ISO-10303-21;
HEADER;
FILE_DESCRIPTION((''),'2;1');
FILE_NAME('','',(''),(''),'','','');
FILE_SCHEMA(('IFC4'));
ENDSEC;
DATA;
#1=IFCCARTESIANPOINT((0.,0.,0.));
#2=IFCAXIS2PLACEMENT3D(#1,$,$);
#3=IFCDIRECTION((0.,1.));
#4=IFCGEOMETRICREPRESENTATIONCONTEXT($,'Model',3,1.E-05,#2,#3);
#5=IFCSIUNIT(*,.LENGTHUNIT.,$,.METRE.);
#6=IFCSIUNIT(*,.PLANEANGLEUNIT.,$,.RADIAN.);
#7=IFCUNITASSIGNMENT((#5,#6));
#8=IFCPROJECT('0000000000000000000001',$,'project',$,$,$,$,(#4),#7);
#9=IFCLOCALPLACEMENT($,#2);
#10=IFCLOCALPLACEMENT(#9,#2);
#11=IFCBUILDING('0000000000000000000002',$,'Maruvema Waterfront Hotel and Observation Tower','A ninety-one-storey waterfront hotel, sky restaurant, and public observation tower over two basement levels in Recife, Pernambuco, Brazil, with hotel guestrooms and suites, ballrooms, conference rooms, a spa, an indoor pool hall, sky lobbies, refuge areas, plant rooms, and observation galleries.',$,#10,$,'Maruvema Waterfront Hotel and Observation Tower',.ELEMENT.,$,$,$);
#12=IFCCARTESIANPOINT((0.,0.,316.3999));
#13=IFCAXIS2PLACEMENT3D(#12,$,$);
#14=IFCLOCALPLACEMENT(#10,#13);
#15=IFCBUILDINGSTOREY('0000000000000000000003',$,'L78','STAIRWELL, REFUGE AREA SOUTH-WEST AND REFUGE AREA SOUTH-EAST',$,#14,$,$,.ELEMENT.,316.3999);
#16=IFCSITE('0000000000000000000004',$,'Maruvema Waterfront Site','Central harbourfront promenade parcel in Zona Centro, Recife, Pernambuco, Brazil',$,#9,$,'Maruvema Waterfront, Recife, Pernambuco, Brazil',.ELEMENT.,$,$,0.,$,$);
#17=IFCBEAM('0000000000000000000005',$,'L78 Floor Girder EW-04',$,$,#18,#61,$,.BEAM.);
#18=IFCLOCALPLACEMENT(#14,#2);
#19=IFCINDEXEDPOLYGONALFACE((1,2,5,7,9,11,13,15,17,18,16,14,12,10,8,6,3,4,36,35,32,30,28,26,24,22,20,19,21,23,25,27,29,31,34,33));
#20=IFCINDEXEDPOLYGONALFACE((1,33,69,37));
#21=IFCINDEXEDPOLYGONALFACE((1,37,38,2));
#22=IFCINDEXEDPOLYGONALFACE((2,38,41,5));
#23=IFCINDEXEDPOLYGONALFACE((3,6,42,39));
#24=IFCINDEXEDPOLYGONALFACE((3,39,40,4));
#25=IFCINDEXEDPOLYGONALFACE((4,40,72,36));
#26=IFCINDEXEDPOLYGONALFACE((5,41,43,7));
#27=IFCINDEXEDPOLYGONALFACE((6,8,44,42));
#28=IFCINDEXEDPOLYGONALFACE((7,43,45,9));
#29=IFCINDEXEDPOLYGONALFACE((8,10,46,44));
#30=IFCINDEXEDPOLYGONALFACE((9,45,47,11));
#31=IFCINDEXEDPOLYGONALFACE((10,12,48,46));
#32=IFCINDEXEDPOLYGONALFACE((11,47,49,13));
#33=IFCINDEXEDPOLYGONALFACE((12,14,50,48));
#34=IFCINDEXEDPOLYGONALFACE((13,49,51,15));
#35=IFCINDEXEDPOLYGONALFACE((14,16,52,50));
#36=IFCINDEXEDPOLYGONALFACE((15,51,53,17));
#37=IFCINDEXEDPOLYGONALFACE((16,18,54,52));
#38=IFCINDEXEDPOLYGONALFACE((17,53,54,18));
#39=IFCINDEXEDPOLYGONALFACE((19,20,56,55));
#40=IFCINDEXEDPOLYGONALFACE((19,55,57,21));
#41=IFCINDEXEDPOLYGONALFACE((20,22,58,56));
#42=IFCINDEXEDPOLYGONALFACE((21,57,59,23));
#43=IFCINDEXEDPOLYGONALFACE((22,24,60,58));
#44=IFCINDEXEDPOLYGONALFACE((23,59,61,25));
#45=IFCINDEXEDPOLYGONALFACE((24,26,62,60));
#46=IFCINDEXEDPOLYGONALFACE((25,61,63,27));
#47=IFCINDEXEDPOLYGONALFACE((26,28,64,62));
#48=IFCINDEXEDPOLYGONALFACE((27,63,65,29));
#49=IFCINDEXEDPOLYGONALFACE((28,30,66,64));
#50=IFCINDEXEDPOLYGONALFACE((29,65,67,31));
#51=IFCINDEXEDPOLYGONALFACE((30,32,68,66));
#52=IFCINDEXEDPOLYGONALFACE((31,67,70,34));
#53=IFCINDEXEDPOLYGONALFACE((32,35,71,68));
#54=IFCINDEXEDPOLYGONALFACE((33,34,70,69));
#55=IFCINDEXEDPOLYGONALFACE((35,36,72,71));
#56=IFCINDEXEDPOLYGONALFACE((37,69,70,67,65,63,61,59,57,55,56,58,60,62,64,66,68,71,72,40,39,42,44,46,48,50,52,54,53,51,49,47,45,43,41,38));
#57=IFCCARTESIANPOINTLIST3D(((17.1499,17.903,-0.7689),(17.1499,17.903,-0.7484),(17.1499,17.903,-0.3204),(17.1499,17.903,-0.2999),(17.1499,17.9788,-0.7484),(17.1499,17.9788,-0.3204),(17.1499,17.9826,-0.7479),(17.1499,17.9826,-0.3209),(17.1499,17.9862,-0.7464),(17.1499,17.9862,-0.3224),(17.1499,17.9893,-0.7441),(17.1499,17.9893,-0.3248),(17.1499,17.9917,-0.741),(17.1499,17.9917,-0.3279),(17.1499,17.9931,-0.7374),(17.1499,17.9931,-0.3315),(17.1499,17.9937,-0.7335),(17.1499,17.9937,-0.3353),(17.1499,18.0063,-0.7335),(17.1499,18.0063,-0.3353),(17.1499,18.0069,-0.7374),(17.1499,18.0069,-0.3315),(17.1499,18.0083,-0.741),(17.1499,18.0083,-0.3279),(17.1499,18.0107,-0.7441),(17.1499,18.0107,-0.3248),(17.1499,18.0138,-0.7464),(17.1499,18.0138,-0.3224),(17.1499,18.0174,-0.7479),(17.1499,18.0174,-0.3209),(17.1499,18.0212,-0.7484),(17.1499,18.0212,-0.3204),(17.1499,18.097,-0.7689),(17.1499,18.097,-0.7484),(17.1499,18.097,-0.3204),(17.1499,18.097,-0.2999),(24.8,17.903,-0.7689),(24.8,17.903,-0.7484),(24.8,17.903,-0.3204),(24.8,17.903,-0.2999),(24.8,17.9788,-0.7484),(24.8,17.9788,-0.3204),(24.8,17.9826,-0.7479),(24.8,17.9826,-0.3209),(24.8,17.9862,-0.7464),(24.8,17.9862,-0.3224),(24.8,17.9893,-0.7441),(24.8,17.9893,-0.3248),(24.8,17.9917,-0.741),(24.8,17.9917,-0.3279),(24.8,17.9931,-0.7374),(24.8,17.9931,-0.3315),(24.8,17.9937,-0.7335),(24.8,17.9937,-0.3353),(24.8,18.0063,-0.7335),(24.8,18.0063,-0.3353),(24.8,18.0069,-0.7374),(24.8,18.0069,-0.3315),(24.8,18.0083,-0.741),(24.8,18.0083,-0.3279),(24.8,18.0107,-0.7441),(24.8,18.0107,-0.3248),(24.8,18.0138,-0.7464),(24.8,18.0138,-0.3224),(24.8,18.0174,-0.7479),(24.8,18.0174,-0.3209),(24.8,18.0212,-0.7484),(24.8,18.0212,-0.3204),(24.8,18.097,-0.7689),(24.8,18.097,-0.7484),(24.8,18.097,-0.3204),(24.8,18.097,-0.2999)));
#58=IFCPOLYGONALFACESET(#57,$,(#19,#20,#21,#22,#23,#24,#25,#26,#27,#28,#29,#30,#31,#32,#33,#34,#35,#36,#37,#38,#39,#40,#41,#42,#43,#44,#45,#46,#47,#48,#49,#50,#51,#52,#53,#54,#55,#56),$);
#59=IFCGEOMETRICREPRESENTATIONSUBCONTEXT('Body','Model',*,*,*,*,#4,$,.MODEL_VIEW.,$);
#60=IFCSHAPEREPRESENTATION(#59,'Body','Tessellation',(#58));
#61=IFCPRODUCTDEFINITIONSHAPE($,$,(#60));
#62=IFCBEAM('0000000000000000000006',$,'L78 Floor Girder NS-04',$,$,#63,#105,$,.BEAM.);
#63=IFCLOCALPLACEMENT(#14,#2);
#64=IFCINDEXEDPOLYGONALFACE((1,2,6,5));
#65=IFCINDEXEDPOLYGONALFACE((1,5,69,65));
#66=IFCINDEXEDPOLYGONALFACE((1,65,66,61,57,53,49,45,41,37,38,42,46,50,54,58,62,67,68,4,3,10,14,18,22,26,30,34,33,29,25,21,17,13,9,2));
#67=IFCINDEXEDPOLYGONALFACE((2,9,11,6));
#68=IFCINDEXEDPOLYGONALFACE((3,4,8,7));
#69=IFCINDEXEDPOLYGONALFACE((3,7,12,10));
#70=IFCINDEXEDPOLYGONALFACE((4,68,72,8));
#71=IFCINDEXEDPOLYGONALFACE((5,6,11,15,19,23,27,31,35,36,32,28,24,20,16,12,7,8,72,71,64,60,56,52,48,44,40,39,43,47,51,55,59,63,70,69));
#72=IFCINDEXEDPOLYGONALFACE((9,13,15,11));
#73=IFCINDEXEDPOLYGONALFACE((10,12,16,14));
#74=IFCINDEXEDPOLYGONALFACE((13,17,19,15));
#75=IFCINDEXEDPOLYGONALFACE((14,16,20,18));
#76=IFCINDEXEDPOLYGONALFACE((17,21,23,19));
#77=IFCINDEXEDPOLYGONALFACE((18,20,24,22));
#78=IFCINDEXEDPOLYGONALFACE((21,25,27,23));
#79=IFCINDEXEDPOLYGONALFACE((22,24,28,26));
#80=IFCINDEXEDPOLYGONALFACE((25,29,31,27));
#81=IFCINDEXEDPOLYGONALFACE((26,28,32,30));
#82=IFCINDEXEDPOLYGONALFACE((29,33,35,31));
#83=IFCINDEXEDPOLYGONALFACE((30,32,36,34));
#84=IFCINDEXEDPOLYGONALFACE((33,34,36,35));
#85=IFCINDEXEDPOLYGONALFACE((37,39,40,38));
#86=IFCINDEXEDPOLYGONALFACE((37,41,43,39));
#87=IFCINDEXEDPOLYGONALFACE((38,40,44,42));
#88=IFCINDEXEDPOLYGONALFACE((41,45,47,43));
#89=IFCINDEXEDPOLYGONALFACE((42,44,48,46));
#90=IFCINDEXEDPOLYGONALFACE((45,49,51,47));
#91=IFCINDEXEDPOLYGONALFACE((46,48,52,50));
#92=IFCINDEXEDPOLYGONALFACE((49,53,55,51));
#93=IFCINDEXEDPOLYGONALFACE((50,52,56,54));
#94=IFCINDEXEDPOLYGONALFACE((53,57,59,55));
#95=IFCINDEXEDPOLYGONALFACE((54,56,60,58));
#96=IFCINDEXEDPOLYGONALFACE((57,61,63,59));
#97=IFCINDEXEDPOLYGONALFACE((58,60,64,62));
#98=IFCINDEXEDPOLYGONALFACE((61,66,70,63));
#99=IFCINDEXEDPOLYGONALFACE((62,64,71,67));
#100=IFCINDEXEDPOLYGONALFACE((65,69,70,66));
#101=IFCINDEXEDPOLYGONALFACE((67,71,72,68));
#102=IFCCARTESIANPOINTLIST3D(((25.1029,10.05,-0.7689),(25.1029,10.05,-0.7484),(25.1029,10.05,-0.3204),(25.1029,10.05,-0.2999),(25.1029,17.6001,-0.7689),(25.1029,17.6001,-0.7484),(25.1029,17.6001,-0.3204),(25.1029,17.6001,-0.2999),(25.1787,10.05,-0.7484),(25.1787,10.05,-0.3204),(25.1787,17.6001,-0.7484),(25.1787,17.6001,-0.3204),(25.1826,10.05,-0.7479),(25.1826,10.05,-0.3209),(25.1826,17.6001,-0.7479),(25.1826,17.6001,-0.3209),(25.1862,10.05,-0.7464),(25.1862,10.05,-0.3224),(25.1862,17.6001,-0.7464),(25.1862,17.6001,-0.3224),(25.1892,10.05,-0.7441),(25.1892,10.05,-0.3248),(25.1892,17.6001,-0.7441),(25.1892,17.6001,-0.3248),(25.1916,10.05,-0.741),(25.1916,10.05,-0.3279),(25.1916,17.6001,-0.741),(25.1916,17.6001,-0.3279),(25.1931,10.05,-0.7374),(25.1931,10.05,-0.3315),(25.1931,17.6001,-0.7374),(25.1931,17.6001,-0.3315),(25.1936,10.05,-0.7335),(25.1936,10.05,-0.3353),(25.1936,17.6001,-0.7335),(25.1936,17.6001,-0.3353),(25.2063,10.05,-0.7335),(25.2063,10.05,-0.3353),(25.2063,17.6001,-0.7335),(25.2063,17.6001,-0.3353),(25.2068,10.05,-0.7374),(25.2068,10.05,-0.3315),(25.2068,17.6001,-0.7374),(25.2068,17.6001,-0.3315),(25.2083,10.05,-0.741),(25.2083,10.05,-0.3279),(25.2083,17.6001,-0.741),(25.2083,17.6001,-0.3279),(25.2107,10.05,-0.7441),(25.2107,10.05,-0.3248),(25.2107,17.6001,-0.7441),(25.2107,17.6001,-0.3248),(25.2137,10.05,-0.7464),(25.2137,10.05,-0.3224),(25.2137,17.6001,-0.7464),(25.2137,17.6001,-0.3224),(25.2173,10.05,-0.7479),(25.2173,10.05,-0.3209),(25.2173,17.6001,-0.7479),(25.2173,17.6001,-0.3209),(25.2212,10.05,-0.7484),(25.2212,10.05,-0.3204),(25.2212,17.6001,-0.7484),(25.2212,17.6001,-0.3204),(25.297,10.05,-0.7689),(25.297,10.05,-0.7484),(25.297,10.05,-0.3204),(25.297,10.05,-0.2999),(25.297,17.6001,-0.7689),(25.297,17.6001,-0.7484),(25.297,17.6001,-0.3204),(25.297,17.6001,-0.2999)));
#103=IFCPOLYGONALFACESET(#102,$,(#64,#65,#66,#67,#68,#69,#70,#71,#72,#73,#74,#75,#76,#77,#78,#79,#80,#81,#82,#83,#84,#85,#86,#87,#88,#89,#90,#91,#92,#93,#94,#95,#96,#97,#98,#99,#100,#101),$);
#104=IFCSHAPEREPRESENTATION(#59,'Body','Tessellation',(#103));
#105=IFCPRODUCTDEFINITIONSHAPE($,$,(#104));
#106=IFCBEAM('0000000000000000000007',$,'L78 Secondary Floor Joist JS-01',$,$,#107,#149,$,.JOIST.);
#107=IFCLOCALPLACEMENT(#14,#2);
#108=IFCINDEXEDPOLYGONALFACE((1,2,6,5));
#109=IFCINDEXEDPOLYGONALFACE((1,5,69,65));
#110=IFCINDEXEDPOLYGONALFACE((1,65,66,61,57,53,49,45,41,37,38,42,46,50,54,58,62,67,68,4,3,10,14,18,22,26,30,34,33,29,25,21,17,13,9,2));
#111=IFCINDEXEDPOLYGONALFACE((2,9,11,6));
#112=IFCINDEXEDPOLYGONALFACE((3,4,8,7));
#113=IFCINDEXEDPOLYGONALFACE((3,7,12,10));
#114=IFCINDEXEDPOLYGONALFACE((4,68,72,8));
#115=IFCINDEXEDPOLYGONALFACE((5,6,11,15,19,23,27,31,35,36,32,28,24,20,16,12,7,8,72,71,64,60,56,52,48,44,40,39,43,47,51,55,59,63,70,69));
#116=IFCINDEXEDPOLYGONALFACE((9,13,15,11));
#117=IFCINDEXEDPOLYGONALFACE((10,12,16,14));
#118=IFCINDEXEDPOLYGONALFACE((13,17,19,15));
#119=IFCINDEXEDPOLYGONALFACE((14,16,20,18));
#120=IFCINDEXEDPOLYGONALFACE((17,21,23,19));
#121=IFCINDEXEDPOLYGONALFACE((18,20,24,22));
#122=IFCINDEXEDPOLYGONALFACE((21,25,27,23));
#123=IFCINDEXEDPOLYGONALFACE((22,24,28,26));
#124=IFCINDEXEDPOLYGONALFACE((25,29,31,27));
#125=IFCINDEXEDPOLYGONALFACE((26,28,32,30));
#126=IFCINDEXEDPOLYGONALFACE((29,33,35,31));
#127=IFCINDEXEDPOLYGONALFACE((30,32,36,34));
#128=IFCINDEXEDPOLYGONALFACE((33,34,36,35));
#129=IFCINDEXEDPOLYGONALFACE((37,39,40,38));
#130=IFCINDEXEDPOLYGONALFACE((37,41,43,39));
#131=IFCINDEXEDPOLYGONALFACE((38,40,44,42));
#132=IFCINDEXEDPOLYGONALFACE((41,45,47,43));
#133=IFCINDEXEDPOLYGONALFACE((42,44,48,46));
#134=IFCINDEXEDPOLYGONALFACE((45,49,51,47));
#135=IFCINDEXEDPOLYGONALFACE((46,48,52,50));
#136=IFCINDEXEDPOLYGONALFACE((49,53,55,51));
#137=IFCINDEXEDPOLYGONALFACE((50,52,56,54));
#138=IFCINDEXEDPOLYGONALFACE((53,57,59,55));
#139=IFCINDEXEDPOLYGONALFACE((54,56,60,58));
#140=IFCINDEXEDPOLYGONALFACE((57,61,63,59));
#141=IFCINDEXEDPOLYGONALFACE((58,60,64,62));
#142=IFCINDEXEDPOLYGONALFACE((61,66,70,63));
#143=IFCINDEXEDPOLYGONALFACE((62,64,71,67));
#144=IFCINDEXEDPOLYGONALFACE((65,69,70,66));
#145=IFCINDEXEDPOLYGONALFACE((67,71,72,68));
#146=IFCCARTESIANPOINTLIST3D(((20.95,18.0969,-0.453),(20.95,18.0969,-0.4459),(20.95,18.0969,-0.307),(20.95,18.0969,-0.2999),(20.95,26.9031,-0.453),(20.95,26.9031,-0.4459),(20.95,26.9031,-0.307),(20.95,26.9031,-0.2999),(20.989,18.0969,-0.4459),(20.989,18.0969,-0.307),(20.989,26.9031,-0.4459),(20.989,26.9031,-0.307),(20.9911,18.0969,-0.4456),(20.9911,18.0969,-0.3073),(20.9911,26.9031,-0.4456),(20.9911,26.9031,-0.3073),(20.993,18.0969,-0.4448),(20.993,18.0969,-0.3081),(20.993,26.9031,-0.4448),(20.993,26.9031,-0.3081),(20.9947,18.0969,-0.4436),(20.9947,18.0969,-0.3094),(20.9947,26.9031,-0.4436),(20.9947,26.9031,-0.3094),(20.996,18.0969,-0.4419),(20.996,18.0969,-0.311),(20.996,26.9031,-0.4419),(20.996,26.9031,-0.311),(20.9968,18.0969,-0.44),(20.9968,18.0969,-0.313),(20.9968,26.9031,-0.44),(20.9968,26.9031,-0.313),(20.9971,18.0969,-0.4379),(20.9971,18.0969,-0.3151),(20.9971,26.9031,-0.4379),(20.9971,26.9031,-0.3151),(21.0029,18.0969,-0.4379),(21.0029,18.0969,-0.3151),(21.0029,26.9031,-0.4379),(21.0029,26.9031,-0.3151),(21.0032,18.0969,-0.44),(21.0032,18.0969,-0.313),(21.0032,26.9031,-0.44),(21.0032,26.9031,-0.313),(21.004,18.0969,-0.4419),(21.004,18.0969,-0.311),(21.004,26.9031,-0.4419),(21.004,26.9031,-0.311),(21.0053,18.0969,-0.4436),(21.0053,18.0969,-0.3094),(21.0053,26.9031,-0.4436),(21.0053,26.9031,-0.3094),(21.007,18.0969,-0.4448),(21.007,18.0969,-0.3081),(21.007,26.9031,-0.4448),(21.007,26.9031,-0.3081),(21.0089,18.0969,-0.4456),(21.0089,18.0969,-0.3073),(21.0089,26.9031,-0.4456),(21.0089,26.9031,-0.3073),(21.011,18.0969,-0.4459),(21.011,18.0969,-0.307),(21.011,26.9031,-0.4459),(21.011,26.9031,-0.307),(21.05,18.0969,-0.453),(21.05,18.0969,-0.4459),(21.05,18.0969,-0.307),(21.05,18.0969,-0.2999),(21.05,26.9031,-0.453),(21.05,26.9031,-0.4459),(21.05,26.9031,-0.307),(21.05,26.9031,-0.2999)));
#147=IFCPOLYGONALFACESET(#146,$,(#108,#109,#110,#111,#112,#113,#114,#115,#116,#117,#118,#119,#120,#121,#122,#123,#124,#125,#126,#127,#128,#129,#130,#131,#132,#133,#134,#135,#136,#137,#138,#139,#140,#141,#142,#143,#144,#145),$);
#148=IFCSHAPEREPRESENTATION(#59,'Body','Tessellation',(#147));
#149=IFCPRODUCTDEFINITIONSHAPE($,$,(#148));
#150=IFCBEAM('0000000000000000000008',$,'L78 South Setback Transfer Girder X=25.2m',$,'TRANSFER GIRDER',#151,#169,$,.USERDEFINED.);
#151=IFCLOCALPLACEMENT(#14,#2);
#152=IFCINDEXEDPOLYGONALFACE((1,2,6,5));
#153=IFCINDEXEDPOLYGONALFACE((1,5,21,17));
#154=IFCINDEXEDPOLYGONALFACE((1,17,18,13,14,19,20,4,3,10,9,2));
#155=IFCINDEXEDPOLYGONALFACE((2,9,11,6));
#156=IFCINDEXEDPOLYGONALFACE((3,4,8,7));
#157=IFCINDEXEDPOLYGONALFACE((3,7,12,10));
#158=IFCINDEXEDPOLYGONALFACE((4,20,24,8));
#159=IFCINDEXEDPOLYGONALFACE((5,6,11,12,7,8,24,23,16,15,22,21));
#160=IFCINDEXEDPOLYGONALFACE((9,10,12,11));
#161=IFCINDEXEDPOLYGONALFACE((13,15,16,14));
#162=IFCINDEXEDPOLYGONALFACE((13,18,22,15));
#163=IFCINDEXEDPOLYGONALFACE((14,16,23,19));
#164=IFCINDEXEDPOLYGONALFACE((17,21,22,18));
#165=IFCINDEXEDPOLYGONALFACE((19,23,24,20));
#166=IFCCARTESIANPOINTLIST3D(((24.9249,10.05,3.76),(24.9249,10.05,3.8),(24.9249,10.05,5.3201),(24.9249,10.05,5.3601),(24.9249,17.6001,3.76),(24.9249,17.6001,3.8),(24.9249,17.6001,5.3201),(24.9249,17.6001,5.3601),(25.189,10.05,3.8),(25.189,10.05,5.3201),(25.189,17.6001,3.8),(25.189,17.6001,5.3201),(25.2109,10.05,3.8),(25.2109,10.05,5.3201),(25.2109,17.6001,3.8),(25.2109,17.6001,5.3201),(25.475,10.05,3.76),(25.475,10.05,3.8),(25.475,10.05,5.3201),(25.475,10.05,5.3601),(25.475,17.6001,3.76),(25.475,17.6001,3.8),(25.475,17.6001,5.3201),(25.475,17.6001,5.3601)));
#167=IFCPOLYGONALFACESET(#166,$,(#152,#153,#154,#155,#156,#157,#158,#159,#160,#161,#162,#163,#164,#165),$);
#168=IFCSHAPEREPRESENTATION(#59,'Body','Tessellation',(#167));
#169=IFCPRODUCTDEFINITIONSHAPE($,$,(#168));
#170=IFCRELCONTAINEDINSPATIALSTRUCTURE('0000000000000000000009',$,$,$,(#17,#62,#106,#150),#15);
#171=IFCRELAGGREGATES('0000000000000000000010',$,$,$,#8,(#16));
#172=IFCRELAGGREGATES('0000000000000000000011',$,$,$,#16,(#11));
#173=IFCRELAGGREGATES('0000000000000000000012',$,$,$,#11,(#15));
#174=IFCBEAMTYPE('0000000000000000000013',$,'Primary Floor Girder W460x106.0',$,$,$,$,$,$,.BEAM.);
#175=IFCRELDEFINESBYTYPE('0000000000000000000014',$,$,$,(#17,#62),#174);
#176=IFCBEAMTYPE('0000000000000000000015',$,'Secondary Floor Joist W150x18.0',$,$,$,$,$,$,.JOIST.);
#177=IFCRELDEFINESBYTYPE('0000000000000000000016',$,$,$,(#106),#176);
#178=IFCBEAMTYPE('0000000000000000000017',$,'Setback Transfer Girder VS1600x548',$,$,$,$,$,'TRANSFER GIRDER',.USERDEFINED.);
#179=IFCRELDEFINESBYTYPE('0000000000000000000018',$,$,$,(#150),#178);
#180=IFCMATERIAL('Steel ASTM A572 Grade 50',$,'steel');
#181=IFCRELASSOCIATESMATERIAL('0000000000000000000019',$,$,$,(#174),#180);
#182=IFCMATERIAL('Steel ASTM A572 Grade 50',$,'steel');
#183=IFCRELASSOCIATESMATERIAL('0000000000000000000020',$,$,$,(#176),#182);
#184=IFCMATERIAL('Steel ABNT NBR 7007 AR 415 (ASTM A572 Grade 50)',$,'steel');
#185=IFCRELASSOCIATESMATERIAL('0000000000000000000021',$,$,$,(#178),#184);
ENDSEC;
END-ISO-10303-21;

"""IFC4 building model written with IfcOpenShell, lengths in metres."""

from ifc_helpers import new_model, si_unit, direction, frame, origin, origin_2d, place, context, subcontext, project, spatial, i_section, extrude, material, material_profile, profile_set, type_object, element, save


model = new_model("IFC4")

# Units and contexts
model_context = context("Model", 3, precision=1e-05, world=origin(), true_north=direction((0.0, 1.0)))
body_context = subcontext(model_context, "Body", "Model", "MODEL_VIEW")
ifc_project = project(units=[si_unit("LENGTHUNIT", "METRE"), si_unit("PLANEANGLEUNIT", "RADIAN")], contexts=[model_context])

# Site, building, storey
site_placement = place(None, origin())
site = spatial("IfcSite", under=ifc_project, at=site_placement, Name="Maruvema Waterfront Site", Description="Central harbourfront promenade parcel in Zona Centro, Recife, Pernambuco, Brazil", LongName="Maruvema Waterfront, Recife, Pernambuco, Brazil", CompositionType="ELEMENT", RefElevation=0.0)
building_placement = place(site_placement, origin())
building = spatial("IfcBuilding", under=site, at=building_placement, Name="Maruvema Waterfront Hotel and Observation Tower", Description="A ninety-one-storey waterfront hotel, sky restaurant, and public observation tower over two basement levels in Recife, Pernambuco, Brazil, with hotel guestrooms and suites, ballrooms, conference rooms, a spa, an indoor pool hall, sky lobbies, refuge areas, plant rooms, and observation galleries.", LongName="Maruvema Waterfront Hotel and Observation Tower", CompositionType="ELEMENT")
storey_placement = place(building_placement, frame((0.0, 0.0, 316.3999)))
storey = spatial("IfcBuildingStorey", under=building, at=storey_placement, Name="L78", Description="STAIRWELL, REFUGE AREA SOUTH-WEST AND REFUGE AREA SOUTH-EAST", CompositionType="ELEMENT", Elevation=316.3999)

# Beams
ifc_material_1 = material(Name="Steel ASTM A572 Grade 50", Category="steel")
ifc_material_profile_1 = material_profile(ifc_material_1, i_section(OverallWidth=0.1941, OverallDepth=0.469, WebThickness=0.0127, FlangeThickness=0.0205, FilletRadius=0.0149, at=origin_2d()), Name="W460x106.0")
ifc_profile_set_1 = profile_set([ifc_material_profile_1], Name="Steel ASTM A572 Grade 50")
beam_type_1 = type_object("IfcBeamType", Name="Primary Floor Girder W460x106.0", PredefinedType="BEAM", material=ifc_profile_set_1)
beam_1_placement = place(storey_placement, frame((17.1499, 18.0, -0.5344), z_axis=(1.0, 0.0, 0.0), x_axis=(0.0, 1.0, 0.0)))
element("IfcBeam", 1, at=beam_1_placement, inside=storey, type_object=beam_type_1, Name="L78 Floor Girder EW-04", PredefinedType="BEAM", context=body_context, shape_type="SweptSolid", body=[
    extrude(i_section(OverallWidth=0.1941, OverallDepth=0.469, WebThickness=0.0127, FlangeThickness=0.0205, FilletRadius=0.0149, at=origin_2d()), origin(), (0.0, 0.0, 1.0), 7.6501),
])
beam_2_placement = place(storey_placement, frame((25.2, 10.05, -0.5344), z_axis=(0.0, 1.0, 0.0), x_axis=(-1.0, 0.0, 0.0)))
element("IfcBeam", 2, at=beam_2_placement, inside=storey, type_object=beam_type_1, Name="L78 Floor Girder NS-04", PredefinedType="BEAM", context=body_context, shape_type="SweptSolid", body=[
    extrude(i_section(OverallWidth=0.1941, OverallDepth=0.469, WebThickness=0.0127, FlangeThickness=0.0205, FilletRadius=0.0149, at=origin_2d()), origin(), (0.0, 0.0, 1.0), 7.55),
])
ifc_material_2 = material(Name="Steel ASTM A572 Grade 50", Category="steel")
ifc_material_profile_2 = material_profile(ifc_material_2, i_section(OverallWidth=0.1001, OverallDepth=0.1531, WebThickness=0.0059, FlangeThickness=0.0071, FilletRadius=0.0081, at=origin_2d()), Name="W150x18.0")
ifc_profile_set_2 = profile_set([ifc_material_profile_2], Name="Steel ASTM A572 Grade 50")
beam_type_2 = type_object("IfcBeamType", Name="Secondary Floor Joist W150x18.0", PredefinedType="JOIST", material=ifc_profile_set_2)
beam_3_placement = place(storey_placement, frame((21.0, 18.0969, -0.3765), z_axis=(0.0, 1.0, 0.0), x_axis=(-1.0, 0.0, 0.0)))
element("IfcBeam", 3, at=beam_3_placement, inside=storey, type_object=beam_type_2, Name="L78 Secondary Floor Joist JS-01", PredefinedType="JOIST", context=body_context, shape_type="SweptSolid", body=[
    extrude(i_section(OverallWidth=0.1001, OverallDepth=0.1531, WebThickness=0.0059, FlangeThickness=0.0071, FilletRadius=0.0081, at=origin_2d()), origin(), (0.0, 0.0, 1.0), 8.8062),
])
ifc_material_3 = material(Name="Steel ABNT NBR 7007 AR 415 (ASTM A572 Grade 50)", Category="steel")
ifc_material_profile_3 = material_profile(ifc_material_3, i_section(OverallWidth=0.55, OverallDepth=1.6001, WebThickness=0.022, FlangeThickness=0.04, at=origin_2d()), Name="VS1600x548")
ifc_profile_set_3 = profile_set([ifc_material_profile_3], Name="Steel ABNT NBR 7007 AR 415 (ASTM A572 Grade 50)")
beam_type_3 = type_object("IfcBeamType", Name="Setback Transfer Girder VS1600x548", ElementType="TRANSFER GIRDER", PredefinedType="USERDEFINED", material=ifc_profile_set_3)
beam_4_placement = place(storey_placement, frame((25.2, 10.05, 4.5601), z_axis=(0.0, 1.0, 0.0), x_axis=(-1.0, 0.0, 0.0)))
element("IfcBeam", 4, at=beam_4_placement, inside=storey, type_object=beam_type_3, Name="L78 South Setback Transfer Girder X=25.2m", ObjectType="TRANSFER GIRDER", PredefinedType="USERDEFINED", context=body_context, shape_type="SweptSolid", body=[
    extrude(i_section(OverallWidth=0.55, OverallDepth=1.6001, WebThickness=0.022, FlangeThickness=0.04, at=origin_2d()), origin(), (0.0, 0.0, 1.0), 7.55),
])

save(model, "model.ifc")
